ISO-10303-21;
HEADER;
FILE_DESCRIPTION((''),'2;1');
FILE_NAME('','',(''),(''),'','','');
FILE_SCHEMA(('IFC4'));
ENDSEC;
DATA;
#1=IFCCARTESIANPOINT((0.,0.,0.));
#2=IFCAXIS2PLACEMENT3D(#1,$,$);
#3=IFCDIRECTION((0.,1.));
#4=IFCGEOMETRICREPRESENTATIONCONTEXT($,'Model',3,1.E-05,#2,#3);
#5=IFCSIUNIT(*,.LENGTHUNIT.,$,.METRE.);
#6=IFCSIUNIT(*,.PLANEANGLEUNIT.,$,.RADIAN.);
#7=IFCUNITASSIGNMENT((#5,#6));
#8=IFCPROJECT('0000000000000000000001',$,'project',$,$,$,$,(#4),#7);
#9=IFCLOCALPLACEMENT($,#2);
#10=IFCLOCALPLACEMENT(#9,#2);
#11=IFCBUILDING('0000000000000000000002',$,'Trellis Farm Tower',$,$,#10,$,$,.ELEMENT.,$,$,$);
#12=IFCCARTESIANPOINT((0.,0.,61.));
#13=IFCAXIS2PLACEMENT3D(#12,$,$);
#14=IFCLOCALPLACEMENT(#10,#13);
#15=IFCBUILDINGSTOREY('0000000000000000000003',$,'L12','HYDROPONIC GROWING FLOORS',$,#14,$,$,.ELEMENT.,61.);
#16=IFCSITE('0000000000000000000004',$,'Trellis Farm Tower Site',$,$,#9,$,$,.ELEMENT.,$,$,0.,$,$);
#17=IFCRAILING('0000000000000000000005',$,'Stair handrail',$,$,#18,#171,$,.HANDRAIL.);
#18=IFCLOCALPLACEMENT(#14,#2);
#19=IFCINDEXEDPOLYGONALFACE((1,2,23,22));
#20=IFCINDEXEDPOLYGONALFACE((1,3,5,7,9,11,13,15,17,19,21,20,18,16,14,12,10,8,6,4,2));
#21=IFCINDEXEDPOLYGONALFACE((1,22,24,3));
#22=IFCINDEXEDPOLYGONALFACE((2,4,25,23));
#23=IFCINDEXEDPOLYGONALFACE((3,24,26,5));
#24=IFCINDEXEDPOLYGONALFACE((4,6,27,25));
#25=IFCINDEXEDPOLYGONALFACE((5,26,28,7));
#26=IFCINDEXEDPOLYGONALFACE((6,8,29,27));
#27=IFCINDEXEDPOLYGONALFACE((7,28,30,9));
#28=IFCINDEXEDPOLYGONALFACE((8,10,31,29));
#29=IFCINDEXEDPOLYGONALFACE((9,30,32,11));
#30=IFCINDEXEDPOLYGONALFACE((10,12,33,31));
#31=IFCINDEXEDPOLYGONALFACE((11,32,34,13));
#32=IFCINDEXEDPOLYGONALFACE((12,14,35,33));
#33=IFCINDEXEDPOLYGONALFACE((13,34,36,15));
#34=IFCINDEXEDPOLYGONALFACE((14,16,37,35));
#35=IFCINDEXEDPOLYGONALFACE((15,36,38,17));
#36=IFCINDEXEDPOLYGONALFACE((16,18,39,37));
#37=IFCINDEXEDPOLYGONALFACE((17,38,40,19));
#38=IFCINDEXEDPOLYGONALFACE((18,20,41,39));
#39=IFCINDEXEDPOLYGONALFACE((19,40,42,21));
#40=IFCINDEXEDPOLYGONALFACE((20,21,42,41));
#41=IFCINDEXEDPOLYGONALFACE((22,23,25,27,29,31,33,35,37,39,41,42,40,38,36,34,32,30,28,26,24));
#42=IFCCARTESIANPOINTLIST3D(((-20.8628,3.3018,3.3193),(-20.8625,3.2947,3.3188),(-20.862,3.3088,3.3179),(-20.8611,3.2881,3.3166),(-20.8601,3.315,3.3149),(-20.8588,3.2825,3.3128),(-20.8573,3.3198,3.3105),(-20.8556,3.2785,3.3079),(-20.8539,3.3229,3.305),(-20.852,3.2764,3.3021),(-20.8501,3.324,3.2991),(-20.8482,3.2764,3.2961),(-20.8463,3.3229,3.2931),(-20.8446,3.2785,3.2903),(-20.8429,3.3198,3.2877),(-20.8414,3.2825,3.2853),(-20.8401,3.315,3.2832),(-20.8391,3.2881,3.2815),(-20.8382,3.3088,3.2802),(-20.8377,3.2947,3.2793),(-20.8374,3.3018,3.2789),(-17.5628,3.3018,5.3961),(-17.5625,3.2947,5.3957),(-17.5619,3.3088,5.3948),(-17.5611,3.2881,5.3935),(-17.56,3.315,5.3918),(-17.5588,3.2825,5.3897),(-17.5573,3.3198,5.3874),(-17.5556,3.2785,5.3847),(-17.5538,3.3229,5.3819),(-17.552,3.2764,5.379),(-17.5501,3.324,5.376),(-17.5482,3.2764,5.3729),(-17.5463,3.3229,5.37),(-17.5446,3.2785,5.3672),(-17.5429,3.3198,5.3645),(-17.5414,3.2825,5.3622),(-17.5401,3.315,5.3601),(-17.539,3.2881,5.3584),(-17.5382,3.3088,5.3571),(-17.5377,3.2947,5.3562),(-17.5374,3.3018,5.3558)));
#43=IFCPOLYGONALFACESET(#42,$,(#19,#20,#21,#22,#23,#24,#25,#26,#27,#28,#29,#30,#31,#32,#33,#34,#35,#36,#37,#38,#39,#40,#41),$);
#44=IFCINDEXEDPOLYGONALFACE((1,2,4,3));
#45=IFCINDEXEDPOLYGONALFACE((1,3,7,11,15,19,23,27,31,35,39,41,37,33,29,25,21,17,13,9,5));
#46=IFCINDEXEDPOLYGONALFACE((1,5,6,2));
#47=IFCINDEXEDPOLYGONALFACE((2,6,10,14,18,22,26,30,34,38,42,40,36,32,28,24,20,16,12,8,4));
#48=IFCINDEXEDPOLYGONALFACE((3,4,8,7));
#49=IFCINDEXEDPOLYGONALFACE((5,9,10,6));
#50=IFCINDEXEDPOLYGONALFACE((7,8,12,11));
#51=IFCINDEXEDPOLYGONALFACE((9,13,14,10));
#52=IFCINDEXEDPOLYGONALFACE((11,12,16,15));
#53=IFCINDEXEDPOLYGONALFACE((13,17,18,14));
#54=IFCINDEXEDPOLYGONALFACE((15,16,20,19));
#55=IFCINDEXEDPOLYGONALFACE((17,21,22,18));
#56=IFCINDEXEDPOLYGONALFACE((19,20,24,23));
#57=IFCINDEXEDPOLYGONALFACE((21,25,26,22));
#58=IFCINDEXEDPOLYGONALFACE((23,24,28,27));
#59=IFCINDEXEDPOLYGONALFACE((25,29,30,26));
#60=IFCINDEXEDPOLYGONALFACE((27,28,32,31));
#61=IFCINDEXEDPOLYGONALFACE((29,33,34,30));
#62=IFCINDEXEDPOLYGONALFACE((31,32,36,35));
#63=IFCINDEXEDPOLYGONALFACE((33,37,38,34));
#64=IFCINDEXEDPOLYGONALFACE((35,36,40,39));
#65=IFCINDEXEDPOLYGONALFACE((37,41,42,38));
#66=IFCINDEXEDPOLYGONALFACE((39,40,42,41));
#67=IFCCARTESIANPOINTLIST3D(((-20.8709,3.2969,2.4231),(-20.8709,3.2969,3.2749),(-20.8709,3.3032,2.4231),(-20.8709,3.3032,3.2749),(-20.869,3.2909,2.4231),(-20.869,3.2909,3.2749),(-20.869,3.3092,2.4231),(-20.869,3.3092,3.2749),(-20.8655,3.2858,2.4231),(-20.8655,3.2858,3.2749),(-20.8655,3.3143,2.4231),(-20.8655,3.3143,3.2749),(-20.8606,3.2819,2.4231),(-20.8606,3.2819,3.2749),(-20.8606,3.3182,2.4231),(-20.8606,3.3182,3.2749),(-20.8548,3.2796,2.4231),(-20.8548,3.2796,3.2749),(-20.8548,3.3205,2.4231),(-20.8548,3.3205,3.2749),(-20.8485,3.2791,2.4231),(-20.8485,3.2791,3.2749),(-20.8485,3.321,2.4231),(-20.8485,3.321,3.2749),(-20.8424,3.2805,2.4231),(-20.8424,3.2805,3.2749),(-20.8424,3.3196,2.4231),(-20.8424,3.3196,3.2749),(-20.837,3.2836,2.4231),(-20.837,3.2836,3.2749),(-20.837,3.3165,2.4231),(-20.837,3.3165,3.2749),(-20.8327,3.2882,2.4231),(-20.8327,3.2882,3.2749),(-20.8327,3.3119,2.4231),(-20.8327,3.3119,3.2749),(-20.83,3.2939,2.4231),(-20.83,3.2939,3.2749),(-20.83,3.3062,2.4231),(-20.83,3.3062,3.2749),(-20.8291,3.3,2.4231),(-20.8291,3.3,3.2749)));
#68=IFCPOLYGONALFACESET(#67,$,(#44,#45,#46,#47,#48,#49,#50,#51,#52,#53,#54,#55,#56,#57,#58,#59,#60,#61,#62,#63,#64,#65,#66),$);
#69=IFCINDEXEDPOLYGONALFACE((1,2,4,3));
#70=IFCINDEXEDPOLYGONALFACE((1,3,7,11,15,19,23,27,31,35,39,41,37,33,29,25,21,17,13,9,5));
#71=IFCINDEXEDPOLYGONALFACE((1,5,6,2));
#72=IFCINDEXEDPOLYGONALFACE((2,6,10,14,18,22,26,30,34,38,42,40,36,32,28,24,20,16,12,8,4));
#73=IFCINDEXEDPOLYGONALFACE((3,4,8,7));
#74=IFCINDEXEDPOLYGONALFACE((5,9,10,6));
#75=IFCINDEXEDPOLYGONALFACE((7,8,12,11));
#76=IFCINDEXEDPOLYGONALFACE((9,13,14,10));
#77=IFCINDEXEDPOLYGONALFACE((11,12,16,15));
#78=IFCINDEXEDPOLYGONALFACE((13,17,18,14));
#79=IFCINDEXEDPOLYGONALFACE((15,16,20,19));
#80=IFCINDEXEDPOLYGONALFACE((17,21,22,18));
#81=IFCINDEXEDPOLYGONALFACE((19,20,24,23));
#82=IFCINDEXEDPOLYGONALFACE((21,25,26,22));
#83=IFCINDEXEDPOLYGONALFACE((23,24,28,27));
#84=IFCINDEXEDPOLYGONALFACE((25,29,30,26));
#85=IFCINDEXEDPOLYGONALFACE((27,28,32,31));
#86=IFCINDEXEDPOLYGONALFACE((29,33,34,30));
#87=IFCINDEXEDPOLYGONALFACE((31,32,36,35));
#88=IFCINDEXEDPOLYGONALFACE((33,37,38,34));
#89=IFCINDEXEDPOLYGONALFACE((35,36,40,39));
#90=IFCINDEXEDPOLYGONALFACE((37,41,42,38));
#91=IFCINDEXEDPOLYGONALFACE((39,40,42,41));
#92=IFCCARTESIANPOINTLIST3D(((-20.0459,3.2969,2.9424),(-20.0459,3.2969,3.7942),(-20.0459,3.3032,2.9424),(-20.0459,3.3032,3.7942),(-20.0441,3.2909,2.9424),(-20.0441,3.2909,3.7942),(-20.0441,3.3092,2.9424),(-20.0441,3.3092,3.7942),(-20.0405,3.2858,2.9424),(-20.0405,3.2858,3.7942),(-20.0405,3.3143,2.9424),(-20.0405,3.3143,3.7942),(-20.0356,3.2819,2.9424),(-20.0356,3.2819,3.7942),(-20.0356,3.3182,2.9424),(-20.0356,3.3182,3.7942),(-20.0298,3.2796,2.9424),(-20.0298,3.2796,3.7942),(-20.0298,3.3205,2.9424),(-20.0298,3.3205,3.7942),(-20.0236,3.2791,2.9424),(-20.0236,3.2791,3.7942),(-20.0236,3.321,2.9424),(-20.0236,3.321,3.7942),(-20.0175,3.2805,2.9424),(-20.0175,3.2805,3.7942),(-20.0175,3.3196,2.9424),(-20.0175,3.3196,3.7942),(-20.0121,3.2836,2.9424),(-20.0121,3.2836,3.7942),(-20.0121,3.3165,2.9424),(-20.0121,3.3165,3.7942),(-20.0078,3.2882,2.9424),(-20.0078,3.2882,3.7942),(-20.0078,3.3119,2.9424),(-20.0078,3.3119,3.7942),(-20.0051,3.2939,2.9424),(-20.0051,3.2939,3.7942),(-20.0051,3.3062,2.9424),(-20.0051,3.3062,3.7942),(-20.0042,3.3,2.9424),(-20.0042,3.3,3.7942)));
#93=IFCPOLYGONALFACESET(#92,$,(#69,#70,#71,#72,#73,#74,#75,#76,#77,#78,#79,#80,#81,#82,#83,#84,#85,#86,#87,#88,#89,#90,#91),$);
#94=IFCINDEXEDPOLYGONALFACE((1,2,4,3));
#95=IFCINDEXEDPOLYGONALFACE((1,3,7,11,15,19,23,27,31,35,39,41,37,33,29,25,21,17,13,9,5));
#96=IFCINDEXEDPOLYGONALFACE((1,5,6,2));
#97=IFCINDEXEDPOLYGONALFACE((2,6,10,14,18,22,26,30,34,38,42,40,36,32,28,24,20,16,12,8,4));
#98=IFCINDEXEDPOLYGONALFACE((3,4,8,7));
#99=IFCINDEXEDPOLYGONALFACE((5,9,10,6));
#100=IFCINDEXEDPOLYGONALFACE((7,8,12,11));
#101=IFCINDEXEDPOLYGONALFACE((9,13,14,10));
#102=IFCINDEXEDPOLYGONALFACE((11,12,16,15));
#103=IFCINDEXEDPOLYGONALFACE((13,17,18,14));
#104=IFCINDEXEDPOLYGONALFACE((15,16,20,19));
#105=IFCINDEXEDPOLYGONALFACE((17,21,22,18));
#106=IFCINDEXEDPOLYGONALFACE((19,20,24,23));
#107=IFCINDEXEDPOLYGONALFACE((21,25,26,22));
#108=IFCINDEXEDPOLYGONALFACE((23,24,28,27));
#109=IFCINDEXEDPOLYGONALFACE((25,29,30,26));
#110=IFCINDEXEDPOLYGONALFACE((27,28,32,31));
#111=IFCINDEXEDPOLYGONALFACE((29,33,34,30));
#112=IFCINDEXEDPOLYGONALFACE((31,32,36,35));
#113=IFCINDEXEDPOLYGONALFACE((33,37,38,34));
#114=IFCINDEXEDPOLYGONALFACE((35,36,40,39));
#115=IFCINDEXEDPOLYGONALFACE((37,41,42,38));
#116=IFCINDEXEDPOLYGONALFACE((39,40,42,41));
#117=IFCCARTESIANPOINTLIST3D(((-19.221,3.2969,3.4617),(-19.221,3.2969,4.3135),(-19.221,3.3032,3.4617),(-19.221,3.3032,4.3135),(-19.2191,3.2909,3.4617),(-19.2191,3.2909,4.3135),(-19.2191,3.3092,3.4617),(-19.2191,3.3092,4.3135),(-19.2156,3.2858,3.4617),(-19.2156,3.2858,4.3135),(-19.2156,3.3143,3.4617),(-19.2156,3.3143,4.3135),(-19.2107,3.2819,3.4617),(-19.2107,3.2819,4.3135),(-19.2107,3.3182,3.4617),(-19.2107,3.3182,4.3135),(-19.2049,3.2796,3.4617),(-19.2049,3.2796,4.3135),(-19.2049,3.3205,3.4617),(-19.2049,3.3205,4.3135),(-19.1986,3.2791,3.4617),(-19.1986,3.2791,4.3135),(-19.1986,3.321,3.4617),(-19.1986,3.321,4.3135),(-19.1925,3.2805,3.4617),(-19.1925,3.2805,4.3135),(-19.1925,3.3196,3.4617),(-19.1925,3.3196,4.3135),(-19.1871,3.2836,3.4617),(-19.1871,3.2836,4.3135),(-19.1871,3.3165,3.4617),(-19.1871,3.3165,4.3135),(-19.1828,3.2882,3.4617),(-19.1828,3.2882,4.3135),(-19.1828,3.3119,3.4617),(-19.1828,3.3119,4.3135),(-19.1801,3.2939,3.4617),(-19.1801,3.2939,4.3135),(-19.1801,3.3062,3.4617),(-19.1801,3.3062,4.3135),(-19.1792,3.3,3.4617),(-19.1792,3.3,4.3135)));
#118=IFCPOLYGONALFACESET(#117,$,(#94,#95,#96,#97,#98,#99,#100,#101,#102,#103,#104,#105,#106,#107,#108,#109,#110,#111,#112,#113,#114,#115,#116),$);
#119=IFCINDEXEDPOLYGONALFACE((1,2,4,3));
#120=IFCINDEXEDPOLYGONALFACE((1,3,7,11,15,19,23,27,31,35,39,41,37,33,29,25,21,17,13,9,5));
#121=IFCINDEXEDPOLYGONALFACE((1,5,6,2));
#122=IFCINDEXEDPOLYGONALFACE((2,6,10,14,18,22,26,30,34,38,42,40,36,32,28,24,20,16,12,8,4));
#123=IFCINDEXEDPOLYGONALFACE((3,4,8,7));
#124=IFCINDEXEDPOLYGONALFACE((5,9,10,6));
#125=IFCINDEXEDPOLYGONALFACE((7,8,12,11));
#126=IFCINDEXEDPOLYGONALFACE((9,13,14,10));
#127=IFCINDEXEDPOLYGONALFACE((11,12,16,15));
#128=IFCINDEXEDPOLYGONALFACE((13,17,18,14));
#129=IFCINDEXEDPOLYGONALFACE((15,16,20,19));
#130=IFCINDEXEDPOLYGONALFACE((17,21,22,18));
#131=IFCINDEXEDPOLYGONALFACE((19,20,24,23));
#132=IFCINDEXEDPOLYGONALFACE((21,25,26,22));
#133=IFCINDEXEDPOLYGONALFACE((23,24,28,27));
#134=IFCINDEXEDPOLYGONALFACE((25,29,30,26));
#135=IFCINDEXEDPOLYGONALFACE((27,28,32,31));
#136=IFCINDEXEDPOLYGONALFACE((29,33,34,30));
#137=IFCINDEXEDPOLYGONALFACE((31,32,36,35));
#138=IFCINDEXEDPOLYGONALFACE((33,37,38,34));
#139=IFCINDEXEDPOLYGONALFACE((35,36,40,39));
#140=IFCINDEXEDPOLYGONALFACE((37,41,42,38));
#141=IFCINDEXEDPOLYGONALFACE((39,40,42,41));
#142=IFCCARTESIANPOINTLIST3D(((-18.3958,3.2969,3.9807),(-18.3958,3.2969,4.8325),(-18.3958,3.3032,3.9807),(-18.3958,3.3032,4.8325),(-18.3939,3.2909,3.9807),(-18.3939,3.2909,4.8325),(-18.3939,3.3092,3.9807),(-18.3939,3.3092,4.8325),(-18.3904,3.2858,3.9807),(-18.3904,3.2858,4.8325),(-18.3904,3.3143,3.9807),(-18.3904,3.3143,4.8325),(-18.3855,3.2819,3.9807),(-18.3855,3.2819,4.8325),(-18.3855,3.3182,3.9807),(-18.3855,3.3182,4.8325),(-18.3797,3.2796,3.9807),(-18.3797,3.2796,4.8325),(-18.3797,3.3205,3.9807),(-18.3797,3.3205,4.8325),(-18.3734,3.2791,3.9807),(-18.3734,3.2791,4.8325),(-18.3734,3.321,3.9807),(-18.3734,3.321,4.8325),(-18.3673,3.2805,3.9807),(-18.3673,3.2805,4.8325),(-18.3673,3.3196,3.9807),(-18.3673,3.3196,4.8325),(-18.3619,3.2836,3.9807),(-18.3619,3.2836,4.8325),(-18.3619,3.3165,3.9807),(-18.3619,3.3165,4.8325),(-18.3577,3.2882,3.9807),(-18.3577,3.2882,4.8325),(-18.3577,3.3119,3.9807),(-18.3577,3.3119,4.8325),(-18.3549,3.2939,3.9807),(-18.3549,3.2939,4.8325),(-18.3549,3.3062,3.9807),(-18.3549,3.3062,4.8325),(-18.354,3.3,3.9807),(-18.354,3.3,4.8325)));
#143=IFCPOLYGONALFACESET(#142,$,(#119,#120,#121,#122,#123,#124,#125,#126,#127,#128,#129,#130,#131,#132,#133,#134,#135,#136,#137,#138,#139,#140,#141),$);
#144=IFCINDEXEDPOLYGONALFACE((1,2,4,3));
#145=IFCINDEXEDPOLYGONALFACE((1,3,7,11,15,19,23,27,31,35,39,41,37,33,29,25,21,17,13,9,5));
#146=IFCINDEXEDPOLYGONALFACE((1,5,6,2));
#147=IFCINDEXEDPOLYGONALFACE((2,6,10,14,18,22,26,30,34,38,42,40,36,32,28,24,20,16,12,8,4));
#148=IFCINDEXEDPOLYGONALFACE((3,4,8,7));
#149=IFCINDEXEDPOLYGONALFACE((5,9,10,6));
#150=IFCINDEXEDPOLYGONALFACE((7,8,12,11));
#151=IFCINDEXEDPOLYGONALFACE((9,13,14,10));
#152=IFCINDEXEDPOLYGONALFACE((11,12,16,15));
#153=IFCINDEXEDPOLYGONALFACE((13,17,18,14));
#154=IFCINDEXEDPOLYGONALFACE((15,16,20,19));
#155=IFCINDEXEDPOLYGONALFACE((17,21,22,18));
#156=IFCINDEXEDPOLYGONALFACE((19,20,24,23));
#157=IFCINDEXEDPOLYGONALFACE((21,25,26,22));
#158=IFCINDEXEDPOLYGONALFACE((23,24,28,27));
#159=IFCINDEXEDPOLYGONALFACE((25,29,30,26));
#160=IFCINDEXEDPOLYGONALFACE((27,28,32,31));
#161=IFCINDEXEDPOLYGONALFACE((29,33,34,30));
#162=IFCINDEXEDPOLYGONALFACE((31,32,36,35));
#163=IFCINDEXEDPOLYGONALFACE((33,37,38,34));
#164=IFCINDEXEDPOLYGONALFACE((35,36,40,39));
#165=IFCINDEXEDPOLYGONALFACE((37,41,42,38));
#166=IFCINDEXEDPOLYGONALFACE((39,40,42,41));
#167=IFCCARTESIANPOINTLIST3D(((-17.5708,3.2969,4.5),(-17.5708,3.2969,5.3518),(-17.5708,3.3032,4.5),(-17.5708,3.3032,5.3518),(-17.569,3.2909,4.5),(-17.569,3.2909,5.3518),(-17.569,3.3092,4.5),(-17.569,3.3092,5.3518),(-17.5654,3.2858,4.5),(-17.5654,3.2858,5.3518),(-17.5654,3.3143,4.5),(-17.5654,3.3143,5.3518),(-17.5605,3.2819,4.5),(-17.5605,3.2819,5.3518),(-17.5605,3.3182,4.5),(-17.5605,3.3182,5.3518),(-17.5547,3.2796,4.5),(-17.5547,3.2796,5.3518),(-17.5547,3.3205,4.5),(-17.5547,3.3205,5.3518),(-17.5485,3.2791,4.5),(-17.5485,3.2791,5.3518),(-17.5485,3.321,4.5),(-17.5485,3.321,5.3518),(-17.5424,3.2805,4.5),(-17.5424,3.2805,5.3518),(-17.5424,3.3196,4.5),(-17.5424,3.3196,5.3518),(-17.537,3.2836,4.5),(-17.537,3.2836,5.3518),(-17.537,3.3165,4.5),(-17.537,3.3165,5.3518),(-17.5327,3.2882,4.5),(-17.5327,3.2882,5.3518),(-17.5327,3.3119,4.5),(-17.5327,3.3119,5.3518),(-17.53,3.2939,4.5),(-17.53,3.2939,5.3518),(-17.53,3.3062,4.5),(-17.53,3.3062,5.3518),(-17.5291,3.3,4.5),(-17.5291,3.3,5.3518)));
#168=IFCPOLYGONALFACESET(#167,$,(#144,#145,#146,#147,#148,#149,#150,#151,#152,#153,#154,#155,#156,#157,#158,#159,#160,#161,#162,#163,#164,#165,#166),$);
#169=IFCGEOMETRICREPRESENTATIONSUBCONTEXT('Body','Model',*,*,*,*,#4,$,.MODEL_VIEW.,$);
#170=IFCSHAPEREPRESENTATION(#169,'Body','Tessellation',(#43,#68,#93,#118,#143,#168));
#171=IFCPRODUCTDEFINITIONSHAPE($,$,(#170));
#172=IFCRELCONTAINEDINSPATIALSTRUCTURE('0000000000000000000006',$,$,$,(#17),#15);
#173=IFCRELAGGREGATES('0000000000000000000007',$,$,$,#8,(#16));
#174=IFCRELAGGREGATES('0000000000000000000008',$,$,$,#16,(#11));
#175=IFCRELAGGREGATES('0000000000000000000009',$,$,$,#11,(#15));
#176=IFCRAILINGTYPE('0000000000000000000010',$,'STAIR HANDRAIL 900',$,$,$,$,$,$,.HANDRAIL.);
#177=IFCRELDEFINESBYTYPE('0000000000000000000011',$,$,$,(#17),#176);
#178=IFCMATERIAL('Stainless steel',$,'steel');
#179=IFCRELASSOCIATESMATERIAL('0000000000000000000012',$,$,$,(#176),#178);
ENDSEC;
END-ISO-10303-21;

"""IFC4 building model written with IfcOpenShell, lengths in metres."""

from ifc_helpers import new_model, si_unit, direction, frame, origin, origin_2d, place, context, subcontext, project, spatial, circle, extrude, source, transform, mapped, material, type_object, element, save


model = new_model("IFC4")

# Units and contexts
model_context = context("Model", 3, precision=1e-05, world=origin(), true_north=direction((0.0, 1.0)))
body_context = subcontext(model_context, "Body", "Model", "MODEL_VIEW")
ifc_project = project(units=[si_unit("LENGTHUNIT", "METRE"), si_unit("PLANEANGLEUNIT", "RADIAN")], contexts=[model_context])

# Site, building, storey
site_placement = place(None, origin())
site = spatial("IfcSite", under=ifc_project, at=site_placement, Name="Trellis Farm Tower Site", CompositionType="ELEMENT", RefElevation=0.0)
building_placement = place(site_placement, origin())
building = spatial("IfcBuilding", under=site, at=building_placement, Name="Trellis Farm Tower", CompositionType="ELEMENT")
storey_placement = place(building_placement, frame((0.0, 0.0, 61.0)))
storey = spatial("IfcBuildingStorey", under=building, at=storey_placement, Name="L12", Description="HYDROPONIC GROWING FLOORS", CompositionType="ELEMENT", Elevation=61.0)

# Railing
ifc_material_1 = material(Name="Stainless steel", Category="steel")
railing_type = type_object("IfcRailingType", Name="STAIR HANDRAIL 900", PredefinedType="HANDRAIL", material=ifc_material_1)
shared_shape_1 = source(origin(), body_context, "Body", "SweptSolid", [
    extrude(circle(Radius=0.0239, at=origin_2d()), frame((0.0, 0.0, 0.876), z_axis=(0.846337, 0.0, 0.532647), x_axis=(0.0, 1.0, 0.0)), (0.0, 0.0, 1.0), 3.8992),
    extrude(circle(Radius=0.021, at=origin_2d()), origin(), (0.0, 0.0, 1.0), 0.8518),
    extrude(circle(Radius=0.021, at=origin_2d()), frame((0.825, 0.0, 0.5193)), (0.0, 0.0, 1.0), 0.8518),
    extrude(circle(Radius=0.021, at=origin_2d()), frame((1.6499, 0.0, 1.0386)), (0.0, 0.0, 1.0), 0.8518),
    extrude(circle(Radius=0.021, at=origin_2d()), frame((2.4751, 0.0, 1.5576)), (0.0, 0.0, 1.0), 0.8518),
    extrude(circle(Radius=0.021, at=origin_2d()), frame((3.3, 0.0, 2.0769)), (0.0, 0.0, 1.0), 0.8518),
])
for number, where, name in (
    (1, (-20.8501, 3.3, 2.4231), "Stair handrail"),
):
    element("IfcRailing", number, at=place(storey_placement, frame(where)), inside=storey, type_object=railing_type, Name=name, PredefinedType="HANDRAIL", context=body_context, shape_type="MappedRepresentation", body=[
        mapped(shared_shape_1, transform((0.0, 0.0, 0.0))),
    ])

save(model, "model.ifc")
